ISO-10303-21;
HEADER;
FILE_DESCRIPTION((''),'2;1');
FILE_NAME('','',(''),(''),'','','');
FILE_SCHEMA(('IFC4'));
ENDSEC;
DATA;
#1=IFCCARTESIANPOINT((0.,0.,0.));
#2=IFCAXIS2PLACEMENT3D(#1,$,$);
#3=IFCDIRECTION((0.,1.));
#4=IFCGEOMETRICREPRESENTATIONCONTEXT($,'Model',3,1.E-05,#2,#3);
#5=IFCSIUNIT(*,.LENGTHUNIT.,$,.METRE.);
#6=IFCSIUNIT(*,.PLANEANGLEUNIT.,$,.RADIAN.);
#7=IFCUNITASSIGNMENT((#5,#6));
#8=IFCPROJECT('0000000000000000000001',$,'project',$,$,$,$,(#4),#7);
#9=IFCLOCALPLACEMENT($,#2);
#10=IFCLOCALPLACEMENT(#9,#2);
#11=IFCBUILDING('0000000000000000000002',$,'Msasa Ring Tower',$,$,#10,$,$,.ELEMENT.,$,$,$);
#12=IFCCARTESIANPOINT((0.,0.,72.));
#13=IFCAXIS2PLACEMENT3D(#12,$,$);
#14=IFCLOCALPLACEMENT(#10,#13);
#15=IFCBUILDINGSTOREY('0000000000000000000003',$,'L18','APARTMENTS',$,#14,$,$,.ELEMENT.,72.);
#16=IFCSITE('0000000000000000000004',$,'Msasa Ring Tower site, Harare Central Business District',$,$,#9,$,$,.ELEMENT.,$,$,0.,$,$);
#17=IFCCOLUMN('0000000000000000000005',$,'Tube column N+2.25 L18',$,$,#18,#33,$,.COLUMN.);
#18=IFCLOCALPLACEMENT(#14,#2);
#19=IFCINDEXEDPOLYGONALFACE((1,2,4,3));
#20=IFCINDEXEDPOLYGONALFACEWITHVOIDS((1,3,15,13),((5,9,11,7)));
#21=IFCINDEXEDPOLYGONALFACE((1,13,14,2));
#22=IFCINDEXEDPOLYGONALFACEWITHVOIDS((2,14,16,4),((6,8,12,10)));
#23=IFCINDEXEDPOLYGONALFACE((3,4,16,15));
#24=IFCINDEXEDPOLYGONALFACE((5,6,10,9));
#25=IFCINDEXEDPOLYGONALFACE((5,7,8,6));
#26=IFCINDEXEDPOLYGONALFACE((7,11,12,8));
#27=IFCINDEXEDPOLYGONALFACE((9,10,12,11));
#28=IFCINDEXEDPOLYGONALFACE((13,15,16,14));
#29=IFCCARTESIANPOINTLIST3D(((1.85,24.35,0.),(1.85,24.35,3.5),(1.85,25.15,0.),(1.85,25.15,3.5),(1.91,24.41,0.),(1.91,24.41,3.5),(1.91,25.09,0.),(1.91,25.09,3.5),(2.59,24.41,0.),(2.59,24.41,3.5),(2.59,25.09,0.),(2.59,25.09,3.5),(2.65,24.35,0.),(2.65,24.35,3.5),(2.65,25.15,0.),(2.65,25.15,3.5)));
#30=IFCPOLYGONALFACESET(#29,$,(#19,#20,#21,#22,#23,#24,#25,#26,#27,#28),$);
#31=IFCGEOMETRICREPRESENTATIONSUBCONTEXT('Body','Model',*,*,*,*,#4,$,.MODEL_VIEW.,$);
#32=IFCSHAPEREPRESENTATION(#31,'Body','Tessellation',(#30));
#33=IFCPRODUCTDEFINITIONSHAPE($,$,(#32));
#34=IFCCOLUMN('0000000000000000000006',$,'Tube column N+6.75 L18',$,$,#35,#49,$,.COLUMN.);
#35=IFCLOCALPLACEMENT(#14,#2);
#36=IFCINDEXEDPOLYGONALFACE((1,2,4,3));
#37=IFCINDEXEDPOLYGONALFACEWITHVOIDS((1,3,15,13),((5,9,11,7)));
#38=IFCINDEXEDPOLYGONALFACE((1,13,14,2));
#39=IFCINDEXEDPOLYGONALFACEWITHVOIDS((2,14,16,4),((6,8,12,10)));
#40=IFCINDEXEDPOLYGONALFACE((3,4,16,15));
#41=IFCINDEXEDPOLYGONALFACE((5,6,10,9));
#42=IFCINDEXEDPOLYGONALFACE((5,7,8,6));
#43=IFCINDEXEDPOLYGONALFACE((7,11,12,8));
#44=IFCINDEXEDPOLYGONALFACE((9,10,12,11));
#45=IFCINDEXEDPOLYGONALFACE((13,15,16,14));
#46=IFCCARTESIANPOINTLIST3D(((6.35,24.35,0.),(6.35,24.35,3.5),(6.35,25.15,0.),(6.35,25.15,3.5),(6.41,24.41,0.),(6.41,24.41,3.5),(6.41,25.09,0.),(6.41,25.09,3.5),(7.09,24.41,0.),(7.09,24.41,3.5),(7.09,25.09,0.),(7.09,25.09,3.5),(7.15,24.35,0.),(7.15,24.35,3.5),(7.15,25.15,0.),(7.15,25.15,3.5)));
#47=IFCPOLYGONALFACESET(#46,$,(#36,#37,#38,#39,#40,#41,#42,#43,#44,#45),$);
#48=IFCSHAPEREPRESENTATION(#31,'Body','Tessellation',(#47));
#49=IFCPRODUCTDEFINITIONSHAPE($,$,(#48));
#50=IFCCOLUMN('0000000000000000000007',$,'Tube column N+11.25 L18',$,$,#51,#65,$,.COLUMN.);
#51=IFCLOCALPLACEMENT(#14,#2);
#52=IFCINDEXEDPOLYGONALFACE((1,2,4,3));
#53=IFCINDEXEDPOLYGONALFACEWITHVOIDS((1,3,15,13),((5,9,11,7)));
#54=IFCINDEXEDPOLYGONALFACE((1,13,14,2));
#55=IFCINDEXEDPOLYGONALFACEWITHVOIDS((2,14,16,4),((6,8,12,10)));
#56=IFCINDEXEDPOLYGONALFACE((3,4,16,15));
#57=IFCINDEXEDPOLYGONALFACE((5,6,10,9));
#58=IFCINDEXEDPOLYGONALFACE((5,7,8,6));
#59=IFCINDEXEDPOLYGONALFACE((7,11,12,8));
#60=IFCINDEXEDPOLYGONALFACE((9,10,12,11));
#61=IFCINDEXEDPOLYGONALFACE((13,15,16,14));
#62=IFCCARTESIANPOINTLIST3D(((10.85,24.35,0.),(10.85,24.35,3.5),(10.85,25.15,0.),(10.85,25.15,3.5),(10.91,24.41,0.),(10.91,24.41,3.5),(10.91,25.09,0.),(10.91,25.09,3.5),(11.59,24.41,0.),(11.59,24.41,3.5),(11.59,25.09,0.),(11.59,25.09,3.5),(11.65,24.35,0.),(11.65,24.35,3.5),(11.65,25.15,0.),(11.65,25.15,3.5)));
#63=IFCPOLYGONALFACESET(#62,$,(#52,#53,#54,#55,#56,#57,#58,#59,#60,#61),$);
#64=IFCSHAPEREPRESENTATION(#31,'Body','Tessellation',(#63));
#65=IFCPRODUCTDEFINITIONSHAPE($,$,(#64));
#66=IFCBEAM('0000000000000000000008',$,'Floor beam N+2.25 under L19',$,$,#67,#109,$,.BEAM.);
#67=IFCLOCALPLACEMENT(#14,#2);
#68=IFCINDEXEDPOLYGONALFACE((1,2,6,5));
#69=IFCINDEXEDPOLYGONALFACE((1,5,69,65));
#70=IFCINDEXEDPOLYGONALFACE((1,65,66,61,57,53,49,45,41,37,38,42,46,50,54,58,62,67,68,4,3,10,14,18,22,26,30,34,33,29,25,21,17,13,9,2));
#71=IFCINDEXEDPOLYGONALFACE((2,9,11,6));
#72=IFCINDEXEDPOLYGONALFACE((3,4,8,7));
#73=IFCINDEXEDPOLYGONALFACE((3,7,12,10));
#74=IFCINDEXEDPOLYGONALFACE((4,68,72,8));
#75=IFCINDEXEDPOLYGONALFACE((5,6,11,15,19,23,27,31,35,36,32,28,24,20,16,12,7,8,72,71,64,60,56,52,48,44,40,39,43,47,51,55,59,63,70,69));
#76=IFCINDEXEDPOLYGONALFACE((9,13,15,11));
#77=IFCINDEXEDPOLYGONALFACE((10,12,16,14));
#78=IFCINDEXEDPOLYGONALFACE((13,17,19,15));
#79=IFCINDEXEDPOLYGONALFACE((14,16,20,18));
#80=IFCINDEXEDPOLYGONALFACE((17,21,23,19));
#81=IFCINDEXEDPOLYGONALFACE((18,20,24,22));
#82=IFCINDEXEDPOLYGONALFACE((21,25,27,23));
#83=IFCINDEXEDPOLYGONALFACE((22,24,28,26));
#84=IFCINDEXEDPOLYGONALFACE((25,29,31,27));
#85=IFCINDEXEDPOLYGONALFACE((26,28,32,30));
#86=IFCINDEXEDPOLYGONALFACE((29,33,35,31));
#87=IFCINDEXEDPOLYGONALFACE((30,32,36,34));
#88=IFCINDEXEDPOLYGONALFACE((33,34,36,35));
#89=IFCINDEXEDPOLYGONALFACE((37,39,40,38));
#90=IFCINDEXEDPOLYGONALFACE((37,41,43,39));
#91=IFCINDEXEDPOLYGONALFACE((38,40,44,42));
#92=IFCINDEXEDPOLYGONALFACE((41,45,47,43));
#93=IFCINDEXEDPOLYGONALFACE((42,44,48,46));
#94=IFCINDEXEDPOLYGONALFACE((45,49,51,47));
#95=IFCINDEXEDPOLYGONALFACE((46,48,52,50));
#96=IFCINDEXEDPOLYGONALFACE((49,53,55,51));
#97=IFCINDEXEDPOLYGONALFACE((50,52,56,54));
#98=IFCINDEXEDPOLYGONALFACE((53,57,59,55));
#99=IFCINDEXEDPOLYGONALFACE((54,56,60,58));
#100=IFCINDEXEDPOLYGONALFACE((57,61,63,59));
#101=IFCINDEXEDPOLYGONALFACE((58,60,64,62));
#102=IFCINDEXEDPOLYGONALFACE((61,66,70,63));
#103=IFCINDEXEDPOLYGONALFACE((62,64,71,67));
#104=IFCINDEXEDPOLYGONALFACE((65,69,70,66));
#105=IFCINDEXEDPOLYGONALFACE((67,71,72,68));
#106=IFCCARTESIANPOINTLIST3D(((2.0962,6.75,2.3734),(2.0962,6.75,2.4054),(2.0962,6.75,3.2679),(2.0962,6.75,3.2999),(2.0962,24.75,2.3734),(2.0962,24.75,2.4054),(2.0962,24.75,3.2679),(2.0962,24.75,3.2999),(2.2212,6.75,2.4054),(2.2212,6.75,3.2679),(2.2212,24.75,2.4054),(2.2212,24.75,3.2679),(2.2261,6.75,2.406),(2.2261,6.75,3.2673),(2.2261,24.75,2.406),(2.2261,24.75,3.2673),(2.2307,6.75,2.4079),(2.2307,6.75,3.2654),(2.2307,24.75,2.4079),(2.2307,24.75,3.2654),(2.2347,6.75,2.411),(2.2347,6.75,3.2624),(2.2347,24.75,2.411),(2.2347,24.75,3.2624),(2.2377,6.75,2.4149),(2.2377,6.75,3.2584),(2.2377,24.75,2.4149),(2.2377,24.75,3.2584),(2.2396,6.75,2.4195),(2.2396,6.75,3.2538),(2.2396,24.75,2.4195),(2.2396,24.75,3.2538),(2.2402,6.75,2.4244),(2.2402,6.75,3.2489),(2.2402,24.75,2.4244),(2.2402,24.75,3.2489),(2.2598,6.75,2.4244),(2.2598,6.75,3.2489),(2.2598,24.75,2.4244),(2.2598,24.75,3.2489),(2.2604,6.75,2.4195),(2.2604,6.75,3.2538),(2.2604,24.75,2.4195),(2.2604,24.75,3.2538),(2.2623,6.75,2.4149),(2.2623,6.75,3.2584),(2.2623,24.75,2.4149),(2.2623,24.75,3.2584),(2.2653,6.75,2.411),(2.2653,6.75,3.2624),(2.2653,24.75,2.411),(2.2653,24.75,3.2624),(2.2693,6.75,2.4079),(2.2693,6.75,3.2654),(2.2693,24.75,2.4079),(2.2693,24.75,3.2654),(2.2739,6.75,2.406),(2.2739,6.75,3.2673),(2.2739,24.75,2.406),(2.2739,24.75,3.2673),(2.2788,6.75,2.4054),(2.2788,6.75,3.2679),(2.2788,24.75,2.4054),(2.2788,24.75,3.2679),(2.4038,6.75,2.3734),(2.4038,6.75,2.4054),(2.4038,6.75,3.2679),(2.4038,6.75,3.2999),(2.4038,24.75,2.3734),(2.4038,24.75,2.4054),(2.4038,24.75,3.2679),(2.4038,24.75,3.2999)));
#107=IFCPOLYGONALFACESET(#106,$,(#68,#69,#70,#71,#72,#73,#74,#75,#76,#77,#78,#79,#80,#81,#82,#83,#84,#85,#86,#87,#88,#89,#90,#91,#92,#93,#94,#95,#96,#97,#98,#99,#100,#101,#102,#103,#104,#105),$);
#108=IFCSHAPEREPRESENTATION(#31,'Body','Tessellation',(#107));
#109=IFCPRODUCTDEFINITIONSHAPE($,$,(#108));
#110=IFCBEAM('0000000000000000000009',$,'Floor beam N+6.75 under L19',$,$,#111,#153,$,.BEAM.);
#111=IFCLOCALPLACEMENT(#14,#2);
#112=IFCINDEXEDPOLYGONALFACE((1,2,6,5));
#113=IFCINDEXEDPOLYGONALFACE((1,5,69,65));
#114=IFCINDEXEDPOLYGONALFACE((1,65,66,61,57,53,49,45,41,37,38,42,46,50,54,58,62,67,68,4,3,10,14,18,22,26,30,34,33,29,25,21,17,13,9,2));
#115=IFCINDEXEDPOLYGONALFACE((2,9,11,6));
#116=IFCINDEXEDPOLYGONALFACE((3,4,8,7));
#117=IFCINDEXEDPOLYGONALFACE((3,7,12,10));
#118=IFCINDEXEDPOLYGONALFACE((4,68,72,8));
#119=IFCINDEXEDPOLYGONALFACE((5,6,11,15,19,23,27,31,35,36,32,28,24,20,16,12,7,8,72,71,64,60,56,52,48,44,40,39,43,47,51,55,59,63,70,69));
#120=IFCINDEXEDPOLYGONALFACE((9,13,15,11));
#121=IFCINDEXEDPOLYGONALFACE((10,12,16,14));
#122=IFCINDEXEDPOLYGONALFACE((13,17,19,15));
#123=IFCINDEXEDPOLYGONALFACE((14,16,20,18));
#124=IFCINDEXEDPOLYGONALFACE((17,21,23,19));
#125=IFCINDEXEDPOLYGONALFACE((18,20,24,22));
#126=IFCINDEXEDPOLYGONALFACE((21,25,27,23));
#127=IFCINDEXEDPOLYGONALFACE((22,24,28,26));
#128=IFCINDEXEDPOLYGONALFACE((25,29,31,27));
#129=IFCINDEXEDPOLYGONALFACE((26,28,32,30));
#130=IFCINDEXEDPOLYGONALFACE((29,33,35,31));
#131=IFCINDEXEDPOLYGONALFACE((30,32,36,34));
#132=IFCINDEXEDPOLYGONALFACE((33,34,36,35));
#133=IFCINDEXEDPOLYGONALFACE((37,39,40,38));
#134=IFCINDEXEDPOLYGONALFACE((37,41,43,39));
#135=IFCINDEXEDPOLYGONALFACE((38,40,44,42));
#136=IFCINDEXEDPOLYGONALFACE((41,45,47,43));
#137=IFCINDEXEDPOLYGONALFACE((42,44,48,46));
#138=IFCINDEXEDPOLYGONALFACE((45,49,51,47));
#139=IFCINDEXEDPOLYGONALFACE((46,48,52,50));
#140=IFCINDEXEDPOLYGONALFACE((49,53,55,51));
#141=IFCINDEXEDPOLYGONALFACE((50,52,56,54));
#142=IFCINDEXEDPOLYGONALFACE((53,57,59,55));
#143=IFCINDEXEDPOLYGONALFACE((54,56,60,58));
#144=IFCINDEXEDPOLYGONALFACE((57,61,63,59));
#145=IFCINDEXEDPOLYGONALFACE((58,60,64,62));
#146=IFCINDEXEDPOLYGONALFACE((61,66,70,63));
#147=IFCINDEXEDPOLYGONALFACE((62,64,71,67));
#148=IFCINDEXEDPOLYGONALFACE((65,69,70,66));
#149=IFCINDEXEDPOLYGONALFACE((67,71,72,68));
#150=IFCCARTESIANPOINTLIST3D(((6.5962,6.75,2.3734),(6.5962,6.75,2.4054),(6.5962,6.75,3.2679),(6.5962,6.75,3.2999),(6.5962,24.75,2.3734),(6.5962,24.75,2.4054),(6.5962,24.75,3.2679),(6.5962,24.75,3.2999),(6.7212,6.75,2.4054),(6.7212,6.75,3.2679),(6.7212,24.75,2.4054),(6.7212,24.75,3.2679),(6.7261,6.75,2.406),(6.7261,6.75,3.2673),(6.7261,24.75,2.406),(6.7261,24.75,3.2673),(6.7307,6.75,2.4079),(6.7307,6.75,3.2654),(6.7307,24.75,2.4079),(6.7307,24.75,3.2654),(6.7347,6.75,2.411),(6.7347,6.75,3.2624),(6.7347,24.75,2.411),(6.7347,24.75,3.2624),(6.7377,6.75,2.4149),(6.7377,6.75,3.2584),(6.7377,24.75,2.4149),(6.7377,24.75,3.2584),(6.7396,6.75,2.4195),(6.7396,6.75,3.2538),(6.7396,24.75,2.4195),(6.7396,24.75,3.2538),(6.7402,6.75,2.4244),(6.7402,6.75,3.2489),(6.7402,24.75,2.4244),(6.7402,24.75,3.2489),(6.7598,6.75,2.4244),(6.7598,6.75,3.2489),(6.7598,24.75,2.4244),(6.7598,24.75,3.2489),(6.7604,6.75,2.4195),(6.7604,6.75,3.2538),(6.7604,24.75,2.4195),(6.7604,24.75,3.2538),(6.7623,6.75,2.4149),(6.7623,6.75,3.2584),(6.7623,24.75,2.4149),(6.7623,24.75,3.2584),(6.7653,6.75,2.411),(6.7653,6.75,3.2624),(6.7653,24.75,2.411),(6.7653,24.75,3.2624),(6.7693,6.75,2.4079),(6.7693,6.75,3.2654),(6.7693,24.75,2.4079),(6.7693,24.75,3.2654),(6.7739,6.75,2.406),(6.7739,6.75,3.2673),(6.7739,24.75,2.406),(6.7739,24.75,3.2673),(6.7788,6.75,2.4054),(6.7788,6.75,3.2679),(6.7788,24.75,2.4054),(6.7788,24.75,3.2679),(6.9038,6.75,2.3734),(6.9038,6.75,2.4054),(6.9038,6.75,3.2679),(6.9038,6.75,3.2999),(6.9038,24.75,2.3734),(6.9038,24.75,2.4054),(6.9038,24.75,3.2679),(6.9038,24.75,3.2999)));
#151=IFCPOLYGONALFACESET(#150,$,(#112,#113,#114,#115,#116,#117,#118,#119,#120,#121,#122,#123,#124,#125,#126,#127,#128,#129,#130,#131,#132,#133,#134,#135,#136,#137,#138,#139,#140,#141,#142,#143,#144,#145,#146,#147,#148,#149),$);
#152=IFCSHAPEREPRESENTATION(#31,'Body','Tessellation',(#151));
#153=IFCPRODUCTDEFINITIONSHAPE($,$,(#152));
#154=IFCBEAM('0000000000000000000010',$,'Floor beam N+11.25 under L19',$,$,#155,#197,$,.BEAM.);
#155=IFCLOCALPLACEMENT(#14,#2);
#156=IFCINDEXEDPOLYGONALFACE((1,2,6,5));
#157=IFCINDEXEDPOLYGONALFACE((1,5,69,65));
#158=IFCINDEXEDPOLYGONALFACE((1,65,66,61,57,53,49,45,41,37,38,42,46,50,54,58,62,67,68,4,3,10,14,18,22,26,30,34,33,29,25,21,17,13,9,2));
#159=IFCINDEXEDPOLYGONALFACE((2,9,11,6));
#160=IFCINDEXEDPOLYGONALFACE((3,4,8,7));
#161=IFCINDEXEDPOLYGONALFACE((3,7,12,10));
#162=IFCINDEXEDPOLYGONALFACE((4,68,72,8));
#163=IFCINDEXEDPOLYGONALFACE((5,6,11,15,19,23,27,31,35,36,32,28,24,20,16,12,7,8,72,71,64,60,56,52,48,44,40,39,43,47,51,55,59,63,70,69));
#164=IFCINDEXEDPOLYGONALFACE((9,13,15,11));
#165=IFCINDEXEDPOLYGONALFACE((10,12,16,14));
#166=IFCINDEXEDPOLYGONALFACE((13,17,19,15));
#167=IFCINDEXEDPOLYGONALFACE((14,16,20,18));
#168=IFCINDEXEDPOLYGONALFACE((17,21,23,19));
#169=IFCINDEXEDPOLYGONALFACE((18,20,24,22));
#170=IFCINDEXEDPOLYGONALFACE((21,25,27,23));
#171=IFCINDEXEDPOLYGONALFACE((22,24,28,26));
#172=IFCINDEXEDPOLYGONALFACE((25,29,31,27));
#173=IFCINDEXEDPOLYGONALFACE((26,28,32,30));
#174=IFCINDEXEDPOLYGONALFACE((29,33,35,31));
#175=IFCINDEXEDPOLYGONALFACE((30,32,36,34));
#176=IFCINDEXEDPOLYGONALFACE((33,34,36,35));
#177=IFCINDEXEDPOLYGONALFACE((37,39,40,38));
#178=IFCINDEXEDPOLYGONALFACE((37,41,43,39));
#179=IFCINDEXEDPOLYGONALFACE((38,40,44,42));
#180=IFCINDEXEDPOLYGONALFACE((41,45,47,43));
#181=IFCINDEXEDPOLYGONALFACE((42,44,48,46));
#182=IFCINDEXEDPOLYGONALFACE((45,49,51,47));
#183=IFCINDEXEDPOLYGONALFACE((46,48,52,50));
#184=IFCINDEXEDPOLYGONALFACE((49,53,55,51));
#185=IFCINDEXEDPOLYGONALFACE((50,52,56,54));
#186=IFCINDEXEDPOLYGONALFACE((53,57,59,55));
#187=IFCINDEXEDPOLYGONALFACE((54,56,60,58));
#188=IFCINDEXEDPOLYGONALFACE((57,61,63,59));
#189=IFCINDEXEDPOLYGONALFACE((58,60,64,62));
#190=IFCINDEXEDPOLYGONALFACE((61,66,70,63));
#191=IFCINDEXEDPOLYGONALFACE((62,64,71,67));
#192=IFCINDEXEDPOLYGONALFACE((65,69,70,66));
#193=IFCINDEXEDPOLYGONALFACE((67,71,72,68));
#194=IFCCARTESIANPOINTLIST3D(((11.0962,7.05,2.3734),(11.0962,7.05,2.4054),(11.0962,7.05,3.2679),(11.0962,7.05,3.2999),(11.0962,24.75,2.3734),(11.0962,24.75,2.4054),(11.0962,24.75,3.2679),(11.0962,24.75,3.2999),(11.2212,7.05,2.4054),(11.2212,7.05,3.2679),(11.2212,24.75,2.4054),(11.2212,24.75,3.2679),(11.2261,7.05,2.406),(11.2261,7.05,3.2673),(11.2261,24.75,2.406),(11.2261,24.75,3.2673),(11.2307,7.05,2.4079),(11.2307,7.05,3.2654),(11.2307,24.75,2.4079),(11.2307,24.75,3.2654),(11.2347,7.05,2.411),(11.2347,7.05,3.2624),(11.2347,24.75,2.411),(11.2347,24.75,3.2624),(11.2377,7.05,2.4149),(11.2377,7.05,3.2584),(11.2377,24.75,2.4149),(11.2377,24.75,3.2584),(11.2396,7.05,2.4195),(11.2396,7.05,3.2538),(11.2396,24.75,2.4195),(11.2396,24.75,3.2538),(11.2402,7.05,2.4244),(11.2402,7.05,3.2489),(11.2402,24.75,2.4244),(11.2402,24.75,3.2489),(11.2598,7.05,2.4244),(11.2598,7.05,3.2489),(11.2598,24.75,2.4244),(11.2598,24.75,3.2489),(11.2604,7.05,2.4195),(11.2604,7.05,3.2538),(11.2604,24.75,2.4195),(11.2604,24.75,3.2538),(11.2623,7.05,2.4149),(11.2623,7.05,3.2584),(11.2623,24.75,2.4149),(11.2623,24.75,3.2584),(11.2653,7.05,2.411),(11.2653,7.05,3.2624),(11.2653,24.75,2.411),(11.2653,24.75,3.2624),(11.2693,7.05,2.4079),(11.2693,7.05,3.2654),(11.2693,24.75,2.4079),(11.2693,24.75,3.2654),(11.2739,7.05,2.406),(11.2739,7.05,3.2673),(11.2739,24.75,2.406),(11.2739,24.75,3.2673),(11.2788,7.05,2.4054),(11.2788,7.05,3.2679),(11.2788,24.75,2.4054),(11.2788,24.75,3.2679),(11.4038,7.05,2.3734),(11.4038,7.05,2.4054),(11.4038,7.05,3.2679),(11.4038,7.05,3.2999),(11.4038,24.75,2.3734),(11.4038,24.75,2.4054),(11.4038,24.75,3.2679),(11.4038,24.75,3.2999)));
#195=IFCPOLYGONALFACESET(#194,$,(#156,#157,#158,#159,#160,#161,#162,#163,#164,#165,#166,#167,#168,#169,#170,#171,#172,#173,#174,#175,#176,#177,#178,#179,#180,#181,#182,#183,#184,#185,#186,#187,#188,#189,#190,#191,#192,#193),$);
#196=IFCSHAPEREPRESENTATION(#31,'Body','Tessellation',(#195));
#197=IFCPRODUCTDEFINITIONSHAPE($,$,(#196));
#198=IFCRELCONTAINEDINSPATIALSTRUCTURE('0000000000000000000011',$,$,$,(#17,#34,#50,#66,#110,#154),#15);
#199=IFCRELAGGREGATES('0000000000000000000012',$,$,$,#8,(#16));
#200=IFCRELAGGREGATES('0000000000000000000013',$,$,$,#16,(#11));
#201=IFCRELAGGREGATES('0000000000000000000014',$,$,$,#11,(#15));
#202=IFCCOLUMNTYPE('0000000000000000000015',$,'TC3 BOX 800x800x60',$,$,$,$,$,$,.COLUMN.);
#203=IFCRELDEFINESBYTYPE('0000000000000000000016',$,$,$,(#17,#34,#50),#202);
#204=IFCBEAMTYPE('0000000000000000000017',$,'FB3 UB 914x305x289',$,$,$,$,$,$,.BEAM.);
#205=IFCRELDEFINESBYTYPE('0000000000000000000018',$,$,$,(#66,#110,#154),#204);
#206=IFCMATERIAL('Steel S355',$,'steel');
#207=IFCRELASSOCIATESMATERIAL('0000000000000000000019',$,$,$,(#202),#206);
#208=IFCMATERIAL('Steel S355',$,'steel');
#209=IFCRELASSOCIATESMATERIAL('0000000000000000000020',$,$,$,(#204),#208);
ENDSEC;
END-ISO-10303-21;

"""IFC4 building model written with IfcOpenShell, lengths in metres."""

from ifc_helpers import new_model, si_unit, direction, frame, origin, origin_2d, place, context, subcontext, project, spatial, hollow_rectangle, i_section, extrude, material, material_profile, profile_set, type_object, element, save


model = new_model("IFC4")

# Units and contexts
model_context = context("Model", 3, precision=1e-05, world=origin(), true_north=direction((0.0, 1.0)))
body_context = subcontext(model_context, "Body", "Model", "MODEL_VIEW")
ifc_project = project(units=[si_unit("LENGTHUNIT", "METRE"), si_unit("PLANEANGLEUNIT", "RADIAN")], contexts=[model_context])

# Site, building, storey
site_placement = place(None, origin())
site = spatial("IfcSite", under=ifc_project, at=site_placement, Name="Msasa Ring Tower site, Harare Central Business District", CompositionType="ELEMENT", RefElevation=0.0)
building_placement = place(site_placement, origin())
building = spatial("IfcBuilding", under=site, at=building_placement, Name="Msasa Ring Tower", CompositionType="ELEMENT")
storey_placement = place(building_placement, frame((0.0, 0.0, 72.0)))
storey = spatial("IfcBuildingStorey", under=building, at=storey_placement, Name="L18", Description="APARTMENTS", CompositionType="ELEMENT", Elevation=72.0)

# Columns
ifc_material_1 = material(Name="Steel S355", Category="steel")
ifc_material_profile_1 = material_profile(ifc_material_1, hollow_rectangle(XDim=0.8, YDim=0.8, WallThickness=0.0601, at=origin_2d()), Name="BOX 800x800x60")
ifc_profile_set_1 = profile_set([ifc_material_profile_1], Name="Steel S355")
column_type = type_object("IfcColumnType", Name="TC3 BOX 800x800x60", PredefinedType="COLUMN", material=ifc_profile_set_1)
for number, where, z_axis, x_axis, name in (
    (1, (2.25, 24.75, 0.0), (0.0, 0.0, 1.0), (0.0, 1.0, 0.0), "Tube column N+2.25 L18"),
    (2, (6.75, 24.75, 0.0), (0.0, 0.0, 1.0), (0.0, 1.0, 0.0), "Tube column N+6.75 L18"),
    (3, (11.25, 24.75, 0.0), (0.0, 0.0, 1.0), (0.0, 1.0, 0.0), "Tube column N+11.25 L18"),
):
    element("IfcColumn", number, at=place(storey_placement, frame(where, z_axis=z_axis, x_axis=x_axis)), inside=storey, type_object=column_type, Name=name, PredefinedType="COLUMN", context=body_context, shape_type="SweptSolid", body=[
        extrude(hollow_rectangle(XDim=0.8, YDim=0.8, WallThickness=0.0601, at=origin_2d()), origin(), (0.0, 0.0, 1.0), 3.5),
    ])

# Beams
ifc_material_2 = material(Name="Steel S355", Category="steel")
ifc_material_profile_2 = material_profile(ifc_material_2, i_section(OverallWidth=0.3076, OverallDepth=0.9265, WebThickness=0.0195, FlangeThickness=0.032, FilletRadius=0.019, at=origin_2d()), Name="UB 914x305x289")
ifc_profile_set_2 = profile_set([ifc_material_profile_2], Name="Steel S355")
beam_type_1 = type_object("IfcBeamType", Name="FB3 UB 914x305x289", PredefinedType="BEAM", material=ifc_profile_set_2)
for number, where, z_axis, x_axis, name in (
    (4, (2.25, 24.75, 2.8367), (0.0, -1.0, 0.0), (1.0, 0.0, 0.0), "Floor beam N+2.25 under L19"),
    (5, (6.75, 24.75, 2.8367), (0.0, -1.0, 0.0), (1.0, 0.0, 0.0), "Floor beam N+6.75 under L19"),
):
    element("IfcBeam", number, at=place(storey_placement, frame(where, z_axis=z_axis, x_axis=x_axis)), inside=storey, type_object=beam_type_1, Name=name, PredefinedType="BEAM", context=body_context, shape_type="SweptSolid", body=[
        extrude(i_section(OverallWidth=0.3076, OverallDepth=0.9265, WebThickness=0.0195, FlangeThickness=0.032, FilletRadius=0.019, at=origin_2d()), origin(), (0.0, 0.0, 1.0), 18.0),
    ])
beam_placement = place(storey_placement, frame((11.25, 24.75, 2.8367), z_axis=(0.0, -1.0, 0.0), x_axis=(1.0, 0.0, 0.0)))
element("IfcBeam", 6, at=beam_placement, inside=storey, type_object=beam_type_1, Name="Floor beam N+11.25 under L19", PredefinedType="BEAM", context=body_context, shape_type="SweptSolid", body=[
    extrude(i_section(OverallWidth=0.3076, OverallDepth=0.9265, WebThickness=0.0195, FlangeThickness=0.032, FilletRadius=0.019, at=origin_2d()), origin(), (0.0, 0.0, 1.0), 17.7),
])

save(model, "model.ifc")
